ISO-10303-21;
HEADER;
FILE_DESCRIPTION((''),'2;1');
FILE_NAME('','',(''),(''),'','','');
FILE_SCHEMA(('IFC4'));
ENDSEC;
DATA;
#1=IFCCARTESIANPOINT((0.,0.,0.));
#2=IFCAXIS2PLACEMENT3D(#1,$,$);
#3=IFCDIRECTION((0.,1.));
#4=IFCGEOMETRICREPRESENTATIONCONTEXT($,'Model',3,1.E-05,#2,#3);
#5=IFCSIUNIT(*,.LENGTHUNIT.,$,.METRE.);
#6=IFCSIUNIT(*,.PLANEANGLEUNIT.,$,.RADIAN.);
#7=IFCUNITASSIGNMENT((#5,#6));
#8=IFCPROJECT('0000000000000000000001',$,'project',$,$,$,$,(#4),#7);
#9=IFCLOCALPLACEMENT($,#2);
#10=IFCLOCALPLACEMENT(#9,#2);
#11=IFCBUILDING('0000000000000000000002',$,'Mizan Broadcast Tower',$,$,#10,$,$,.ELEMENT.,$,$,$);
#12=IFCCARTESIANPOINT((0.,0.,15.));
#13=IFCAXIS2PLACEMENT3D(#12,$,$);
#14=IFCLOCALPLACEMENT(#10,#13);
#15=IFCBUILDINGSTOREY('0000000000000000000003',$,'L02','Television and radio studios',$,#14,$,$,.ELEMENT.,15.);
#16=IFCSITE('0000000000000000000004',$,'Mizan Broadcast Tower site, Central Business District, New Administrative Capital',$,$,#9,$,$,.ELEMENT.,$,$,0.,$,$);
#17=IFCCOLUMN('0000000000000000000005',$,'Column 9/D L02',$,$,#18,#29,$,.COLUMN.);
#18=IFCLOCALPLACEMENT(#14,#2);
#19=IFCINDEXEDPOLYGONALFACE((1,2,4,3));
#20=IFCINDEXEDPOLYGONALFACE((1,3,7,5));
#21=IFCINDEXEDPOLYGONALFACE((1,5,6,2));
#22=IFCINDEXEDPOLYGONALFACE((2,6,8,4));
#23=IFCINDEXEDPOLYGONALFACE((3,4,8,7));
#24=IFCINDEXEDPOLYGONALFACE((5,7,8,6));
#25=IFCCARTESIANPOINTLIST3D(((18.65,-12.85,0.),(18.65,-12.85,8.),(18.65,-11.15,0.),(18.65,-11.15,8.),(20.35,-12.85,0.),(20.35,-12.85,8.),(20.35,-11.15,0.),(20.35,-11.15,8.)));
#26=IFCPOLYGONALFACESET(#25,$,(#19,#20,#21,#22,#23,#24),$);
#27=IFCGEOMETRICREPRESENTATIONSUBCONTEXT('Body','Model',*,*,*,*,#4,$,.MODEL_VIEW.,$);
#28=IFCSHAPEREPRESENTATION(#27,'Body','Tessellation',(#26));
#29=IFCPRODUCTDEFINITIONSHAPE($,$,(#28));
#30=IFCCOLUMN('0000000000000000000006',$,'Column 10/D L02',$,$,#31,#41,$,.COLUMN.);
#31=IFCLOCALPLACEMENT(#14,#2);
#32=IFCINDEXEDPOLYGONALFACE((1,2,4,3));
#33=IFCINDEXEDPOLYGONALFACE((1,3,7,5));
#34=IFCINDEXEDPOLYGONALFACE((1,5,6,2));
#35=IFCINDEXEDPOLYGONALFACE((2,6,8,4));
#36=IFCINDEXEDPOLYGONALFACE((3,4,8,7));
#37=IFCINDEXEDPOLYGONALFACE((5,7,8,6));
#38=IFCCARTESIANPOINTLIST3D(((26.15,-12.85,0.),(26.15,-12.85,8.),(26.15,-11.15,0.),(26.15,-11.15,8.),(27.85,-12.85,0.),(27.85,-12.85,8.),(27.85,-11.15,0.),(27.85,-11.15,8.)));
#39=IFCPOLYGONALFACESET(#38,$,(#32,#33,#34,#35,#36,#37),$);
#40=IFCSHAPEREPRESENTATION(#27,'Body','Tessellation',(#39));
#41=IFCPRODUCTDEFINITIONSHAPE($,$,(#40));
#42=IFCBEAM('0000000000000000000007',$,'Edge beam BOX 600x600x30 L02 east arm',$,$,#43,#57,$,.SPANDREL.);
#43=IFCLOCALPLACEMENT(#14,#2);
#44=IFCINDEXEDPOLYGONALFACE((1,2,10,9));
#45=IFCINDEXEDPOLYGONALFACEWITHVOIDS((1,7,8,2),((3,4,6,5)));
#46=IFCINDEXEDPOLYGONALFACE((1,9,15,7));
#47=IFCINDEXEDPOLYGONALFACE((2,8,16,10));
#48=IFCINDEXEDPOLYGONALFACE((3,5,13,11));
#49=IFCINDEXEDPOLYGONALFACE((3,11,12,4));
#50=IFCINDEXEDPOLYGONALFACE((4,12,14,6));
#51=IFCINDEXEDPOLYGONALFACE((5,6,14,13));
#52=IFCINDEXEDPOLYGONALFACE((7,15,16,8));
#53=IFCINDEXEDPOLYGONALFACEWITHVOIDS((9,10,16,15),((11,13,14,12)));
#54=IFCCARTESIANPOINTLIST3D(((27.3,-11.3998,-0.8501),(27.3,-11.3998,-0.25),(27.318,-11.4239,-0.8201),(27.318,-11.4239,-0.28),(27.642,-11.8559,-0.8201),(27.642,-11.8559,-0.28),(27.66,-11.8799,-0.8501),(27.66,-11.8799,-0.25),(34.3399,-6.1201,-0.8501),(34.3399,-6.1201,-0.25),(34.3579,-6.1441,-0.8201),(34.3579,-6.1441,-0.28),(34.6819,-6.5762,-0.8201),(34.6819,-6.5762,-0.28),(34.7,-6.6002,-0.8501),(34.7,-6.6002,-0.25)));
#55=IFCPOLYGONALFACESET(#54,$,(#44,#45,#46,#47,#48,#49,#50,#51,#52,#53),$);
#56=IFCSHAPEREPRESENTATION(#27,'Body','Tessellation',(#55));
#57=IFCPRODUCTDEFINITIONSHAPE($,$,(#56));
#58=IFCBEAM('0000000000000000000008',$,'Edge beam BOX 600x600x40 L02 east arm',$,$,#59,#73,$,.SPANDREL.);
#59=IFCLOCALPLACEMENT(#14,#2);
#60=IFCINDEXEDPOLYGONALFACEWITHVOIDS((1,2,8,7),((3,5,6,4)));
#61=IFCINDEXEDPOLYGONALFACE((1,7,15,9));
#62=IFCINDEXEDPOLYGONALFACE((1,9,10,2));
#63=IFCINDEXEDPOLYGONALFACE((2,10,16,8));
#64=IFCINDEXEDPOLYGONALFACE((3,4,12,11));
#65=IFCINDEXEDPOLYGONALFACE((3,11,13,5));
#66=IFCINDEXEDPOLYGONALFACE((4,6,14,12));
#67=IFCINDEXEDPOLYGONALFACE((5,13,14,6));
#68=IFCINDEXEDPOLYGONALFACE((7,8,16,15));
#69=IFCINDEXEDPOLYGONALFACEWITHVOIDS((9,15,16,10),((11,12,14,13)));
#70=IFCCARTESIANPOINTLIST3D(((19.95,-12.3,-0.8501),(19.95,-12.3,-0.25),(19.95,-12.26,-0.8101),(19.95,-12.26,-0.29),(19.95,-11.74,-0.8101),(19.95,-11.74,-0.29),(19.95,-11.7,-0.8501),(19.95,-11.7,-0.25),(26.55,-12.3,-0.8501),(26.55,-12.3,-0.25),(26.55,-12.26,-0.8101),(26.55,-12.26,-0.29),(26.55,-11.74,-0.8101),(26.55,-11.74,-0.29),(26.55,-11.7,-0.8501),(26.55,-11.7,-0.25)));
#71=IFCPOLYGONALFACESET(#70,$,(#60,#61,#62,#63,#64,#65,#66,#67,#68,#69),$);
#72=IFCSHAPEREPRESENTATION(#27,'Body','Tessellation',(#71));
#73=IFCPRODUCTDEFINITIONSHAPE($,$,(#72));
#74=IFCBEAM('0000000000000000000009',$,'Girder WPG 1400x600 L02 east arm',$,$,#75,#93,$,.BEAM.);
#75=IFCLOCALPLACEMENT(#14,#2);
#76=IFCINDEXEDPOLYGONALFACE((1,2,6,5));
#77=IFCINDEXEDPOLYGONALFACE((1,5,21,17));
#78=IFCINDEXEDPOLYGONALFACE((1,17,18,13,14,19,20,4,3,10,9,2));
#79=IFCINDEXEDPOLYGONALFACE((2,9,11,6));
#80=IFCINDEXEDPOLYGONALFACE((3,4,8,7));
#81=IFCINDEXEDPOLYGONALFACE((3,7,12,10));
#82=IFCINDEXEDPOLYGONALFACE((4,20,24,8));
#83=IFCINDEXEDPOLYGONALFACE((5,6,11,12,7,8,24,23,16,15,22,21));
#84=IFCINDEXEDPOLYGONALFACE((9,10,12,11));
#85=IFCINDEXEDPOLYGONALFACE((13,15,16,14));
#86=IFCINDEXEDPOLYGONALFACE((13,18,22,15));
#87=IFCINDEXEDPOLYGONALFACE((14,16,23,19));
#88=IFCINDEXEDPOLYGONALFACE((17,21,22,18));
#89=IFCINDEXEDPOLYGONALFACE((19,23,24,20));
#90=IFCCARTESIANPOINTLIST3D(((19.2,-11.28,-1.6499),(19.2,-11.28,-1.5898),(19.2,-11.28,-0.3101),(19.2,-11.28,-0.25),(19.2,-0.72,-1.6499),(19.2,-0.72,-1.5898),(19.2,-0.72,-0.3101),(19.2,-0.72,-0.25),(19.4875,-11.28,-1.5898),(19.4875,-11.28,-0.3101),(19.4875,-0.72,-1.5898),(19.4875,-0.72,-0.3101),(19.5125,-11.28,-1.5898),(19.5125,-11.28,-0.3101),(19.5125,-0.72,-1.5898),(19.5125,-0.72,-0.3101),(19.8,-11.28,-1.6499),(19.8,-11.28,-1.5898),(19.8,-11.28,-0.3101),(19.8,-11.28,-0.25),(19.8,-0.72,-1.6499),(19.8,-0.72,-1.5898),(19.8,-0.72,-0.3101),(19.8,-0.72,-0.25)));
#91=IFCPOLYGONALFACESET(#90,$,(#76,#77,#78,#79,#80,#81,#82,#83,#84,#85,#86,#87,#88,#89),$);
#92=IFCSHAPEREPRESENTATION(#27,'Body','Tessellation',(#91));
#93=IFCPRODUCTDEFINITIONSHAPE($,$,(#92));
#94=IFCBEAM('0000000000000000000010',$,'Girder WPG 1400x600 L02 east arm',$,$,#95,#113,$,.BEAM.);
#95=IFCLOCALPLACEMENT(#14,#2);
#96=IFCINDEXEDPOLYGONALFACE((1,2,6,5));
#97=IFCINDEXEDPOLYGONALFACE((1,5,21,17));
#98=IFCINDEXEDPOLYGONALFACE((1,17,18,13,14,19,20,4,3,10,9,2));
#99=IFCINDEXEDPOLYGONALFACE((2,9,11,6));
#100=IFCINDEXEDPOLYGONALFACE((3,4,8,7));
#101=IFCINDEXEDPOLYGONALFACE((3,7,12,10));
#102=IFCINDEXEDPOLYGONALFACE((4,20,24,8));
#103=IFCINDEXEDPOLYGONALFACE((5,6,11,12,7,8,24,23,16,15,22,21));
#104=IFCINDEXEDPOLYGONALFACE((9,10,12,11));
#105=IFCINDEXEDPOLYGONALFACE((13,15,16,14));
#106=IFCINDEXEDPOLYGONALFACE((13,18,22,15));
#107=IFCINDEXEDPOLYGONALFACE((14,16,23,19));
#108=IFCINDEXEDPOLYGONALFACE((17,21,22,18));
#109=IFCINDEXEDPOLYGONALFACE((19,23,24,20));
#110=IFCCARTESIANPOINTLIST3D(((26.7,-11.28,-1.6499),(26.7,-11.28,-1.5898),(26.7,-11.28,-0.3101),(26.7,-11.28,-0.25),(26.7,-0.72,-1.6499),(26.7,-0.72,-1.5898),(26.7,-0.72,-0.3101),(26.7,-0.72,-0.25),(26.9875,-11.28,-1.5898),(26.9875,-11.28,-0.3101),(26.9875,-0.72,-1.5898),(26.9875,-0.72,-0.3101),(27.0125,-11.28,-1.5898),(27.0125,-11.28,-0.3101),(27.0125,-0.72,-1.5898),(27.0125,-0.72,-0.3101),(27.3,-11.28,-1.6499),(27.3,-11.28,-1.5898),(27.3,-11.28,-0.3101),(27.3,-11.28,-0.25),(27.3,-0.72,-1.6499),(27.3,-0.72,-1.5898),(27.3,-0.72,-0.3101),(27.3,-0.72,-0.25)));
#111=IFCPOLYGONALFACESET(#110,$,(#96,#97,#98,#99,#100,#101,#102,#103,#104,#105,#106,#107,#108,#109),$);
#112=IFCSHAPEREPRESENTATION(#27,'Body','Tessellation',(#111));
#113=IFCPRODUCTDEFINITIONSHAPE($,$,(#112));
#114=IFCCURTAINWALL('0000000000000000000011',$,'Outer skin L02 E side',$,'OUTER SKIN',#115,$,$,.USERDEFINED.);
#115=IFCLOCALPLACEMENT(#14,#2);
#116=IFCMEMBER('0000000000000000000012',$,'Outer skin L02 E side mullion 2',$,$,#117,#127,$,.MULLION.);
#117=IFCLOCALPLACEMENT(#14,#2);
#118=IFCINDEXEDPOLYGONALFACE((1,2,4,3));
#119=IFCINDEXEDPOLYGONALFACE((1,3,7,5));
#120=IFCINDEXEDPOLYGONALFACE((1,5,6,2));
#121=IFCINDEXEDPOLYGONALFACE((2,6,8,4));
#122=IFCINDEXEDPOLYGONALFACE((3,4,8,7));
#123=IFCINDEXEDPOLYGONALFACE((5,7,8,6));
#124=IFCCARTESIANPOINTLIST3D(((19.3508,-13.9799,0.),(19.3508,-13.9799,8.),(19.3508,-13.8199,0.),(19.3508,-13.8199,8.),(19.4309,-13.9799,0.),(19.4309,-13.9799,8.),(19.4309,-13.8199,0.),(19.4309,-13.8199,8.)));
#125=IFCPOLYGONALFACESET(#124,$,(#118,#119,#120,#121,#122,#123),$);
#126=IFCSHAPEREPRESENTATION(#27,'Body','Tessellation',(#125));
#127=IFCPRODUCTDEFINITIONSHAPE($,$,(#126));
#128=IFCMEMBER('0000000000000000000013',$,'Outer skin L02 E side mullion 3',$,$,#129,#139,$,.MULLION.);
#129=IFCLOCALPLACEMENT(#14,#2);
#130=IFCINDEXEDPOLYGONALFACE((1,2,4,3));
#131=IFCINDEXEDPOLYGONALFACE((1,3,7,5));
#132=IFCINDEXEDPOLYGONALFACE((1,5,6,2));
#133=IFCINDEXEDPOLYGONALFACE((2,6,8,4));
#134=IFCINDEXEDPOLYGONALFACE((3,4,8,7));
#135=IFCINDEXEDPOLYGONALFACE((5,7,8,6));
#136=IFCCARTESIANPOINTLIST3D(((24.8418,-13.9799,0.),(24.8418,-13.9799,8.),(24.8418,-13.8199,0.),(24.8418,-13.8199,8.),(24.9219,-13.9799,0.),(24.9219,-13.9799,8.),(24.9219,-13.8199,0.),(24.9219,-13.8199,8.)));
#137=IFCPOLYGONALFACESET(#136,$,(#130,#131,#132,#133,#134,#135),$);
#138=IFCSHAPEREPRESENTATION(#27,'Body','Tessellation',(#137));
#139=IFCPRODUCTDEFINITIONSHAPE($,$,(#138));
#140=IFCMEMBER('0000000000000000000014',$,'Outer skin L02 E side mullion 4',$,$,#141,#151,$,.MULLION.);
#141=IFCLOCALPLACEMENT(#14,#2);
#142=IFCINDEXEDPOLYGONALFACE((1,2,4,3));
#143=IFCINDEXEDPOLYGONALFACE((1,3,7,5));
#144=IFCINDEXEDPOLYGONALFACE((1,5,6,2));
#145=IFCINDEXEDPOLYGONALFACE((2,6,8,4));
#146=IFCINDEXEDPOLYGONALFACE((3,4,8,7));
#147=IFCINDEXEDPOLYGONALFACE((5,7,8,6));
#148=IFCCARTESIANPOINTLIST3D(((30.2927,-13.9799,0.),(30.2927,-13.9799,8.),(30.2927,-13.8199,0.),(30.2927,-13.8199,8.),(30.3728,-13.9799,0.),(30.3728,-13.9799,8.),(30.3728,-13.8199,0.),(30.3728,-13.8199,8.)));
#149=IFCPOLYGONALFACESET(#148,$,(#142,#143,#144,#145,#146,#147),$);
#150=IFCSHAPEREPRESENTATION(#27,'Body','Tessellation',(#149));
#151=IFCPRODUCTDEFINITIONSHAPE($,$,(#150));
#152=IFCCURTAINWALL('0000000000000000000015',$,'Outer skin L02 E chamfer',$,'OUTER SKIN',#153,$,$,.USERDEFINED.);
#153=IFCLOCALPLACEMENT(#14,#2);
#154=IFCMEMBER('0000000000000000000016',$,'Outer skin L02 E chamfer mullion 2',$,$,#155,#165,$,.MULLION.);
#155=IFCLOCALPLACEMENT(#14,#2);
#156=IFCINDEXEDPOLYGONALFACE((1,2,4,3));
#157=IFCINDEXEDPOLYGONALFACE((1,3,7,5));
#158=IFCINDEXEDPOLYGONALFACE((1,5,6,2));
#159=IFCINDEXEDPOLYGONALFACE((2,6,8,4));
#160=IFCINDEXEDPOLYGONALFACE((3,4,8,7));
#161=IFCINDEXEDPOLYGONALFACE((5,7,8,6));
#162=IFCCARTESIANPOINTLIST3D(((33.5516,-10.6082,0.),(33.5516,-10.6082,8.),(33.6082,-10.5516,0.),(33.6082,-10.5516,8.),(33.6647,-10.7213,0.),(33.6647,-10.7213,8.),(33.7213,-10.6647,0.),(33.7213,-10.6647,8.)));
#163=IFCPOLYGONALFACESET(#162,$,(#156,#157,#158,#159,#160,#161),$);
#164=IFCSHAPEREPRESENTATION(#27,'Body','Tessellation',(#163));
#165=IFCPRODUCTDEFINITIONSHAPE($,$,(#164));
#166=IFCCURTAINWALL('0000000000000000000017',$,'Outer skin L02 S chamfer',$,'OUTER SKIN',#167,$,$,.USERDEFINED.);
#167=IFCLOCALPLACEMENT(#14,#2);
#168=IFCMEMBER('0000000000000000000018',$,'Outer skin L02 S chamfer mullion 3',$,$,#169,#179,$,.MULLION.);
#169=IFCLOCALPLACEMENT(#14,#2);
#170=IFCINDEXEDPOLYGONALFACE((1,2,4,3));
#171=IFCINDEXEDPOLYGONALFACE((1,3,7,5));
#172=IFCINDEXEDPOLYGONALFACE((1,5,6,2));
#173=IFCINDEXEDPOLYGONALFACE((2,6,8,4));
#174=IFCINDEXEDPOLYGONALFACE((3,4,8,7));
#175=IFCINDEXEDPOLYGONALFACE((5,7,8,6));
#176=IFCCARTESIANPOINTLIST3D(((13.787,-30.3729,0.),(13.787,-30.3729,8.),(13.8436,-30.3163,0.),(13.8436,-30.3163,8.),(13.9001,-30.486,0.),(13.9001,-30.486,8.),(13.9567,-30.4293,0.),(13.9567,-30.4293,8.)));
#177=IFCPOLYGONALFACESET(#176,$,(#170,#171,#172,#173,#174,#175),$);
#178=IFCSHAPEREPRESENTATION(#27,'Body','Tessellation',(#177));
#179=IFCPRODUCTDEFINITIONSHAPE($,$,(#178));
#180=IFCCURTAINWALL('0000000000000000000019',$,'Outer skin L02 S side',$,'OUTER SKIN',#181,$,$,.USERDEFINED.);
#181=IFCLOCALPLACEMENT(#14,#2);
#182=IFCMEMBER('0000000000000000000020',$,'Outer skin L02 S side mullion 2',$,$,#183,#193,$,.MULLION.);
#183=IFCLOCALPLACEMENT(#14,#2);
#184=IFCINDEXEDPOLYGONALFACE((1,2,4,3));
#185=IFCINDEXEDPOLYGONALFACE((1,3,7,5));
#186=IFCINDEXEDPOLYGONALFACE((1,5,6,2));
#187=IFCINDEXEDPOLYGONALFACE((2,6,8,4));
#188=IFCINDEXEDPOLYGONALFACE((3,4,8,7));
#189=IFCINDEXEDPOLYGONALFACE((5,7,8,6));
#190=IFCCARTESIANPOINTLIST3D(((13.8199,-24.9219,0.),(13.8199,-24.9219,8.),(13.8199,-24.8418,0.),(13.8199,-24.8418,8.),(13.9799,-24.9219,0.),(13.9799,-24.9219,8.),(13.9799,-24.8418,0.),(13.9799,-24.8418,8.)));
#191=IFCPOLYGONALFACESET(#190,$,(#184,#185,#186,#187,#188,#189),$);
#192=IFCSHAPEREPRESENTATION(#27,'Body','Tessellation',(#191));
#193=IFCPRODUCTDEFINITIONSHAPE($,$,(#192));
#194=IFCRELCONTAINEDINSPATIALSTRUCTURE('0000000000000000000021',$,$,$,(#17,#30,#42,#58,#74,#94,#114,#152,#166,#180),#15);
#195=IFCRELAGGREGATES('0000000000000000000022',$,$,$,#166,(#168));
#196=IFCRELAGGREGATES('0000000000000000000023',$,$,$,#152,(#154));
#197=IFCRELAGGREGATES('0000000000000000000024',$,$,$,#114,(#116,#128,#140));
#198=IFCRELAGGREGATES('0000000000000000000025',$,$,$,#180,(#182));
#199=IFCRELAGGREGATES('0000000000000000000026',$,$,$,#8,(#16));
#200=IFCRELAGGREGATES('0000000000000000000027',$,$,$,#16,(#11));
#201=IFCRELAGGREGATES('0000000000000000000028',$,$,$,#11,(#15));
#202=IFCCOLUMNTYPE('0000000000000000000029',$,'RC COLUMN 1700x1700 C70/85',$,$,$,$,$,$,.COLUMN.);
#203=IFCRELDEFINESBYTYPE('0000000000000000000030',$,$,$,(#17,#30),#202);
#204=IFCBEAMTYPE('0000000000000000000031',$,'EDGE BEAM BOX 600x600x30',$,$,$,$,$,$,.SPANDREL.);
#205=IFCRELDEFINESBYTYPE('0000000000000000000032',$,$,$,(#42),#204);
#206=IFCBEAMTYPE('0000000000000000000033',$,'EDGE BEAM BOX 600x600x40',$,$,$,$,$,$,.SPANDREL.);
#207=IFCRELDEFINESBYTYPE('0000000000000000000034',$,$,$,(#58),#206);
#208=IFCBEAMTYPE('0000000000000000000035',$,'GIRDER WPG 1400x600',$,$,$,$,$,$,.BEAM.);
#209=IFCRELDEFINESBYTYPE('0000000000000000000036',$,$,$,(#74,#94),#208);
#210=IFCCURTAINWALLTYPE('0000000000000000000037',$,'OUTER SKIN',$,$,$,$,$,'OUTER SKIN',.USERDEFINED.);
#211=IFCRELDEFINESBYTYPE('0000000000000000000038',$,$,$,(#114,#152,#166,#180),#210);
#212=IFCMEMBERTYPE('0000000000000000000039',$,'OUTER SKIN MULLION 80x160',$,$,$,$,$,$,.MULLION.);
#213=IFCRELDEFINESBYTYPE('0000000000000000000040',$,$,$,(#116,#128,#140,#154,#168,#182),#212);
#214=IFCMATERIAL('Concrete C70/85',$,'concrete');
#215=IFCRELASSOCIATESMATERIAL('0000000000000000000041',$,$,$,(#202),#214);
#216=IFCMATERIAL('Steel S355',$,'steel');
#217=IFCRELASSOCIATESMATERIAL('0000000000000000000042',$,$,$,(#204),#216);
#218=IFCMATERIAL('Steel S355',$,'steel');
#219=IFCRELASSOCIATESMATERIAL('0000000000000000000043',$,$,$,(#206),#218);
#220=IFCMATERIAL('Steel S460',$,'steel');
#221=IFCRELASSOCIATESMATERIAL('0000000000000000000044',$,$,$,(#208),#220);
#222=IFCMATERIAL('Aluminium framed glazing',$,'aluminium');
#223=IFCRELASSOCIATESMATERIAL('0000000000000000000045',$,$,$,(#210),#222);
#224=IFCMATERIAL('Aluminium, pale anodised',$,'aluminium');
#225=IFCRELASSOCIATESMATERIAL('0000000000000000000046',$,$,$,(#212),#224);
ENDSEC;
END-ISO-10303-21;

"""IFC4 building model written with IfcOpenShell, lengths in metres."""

from ifc_helpers import new_model, si_unit, direction, frame, origin, origin_2d, place, context, subcontext, project, spatial, rectangle, hollow_rectangle, i_section, extrude, material, material_profile, profile_set, type_object, element, aggregate, save


model = new_model("IFC4")

# Units and contexts
model_context = context("Model", 3, precision=1e-05, world=origin(), true_north=direction((0.0, 1.0)))
body_context = subcontext(model_context, "Body", "Model", "MODEL_VIEW")
ifc_project = project(units=[si_unit("LENGTHUNIT", "METRE"), si_unit("PLANEANGLEUNIT", "RADIAN")], contexts=[model_context])

# Site, building, storey
site_placement = place(None, origin())
site = spatial("IfcSite", under=ifc_project, at=site_placement, Name="Mizan Broadcast Tower site, Central Business District, New Administrative Capital", CompositionType="ELEMENT", RefElevation=0.0)
building_placement = place(site_placement, origin())
building = spatial("IfcBuilding", under=site, at=building_placement, Name="Mizan Broadcast Tower", CompositionType="ELEMENT")
storey_placement = place(building_placement, frame((0.0, 0.0, 15.0)))
storey = spatial("IfcBuildingStorey", under=building, at=storey_placement, Name="L02", Description="Television and radio studios", CompositionType="ELEMENT", Elevation=15.0)

# Columns
ifc_material_1 = material(Name="Concrete C70/85", Category="concrete")
ifc_material_profile_1 = material_profile(ifc_material_1, rectangle(XDim=1.7, YDim=1.7, at=origin_2d()), Name="RC 1700x1700")
ifc_profile_set_1 = profile_set([ifc_material_profile_1], Name="Concrete C70/85")
column_type = type_object("IfcColumnType", Name="RC COLUMN 1700x1700 C70/85", PredefinedType="COLUMN", material=ifc_profile_set_1)
for number, where, z_axis, x_axis, name in (
    (1, (19.5, -12.0, 0.0), (0.0, 0.0, 1.0), (1.0, 0.0, 0.0), "Column 9/D L02"),
    (2, (27.0, -12.0, 0.0), (0.0, 0.0, 1.0), (1.0, 0.0, 0.0), "Column 10/D L02"),
):
    element("IfcColumn", number, at=place(storey_placement, frame(where, z_axis=z_axis, x_axis=x_axis)), inside=storey, type_object=column_type, Name=name, PredefinedType="COLUMN", context=body_context, shape_type="SweptSolid", body=[
        extrude(rectangle(XDim=1.7, YDim=1.7, at=origin_2d()), origin(), (0.0, 0.0, 1.0), 8.0),
    ])

# Beams
ifc_material_2 = material(Name="Steel S355", Category="steel")
ifc_material_profile_2 = material_profile(ifc_material_2, hollow_rectangle(XDim=0.6001, YDim=0.6001, WallThickness=0.03, at=origin_2d()), Name="BOX 600x600x30")
ifc_profile_set_2 = profile_set([ifc_material_profile_2], Name="Steel S355")
beam_type_1 = type_object("IfcBeamType", Name="EDGE BEAM BOX 600x600x30", PredefinedType="SPANDREL", material=ifc_profile_set_2)
beam_1_placement = place(storey_placement, frame((27.48, -11.6399, -0.55), z_axis=(0.800013, 0.599982, 0.0), x_axis=(-0.599982, 0.800013, 0.0)))
element("IfcBeam", 3, at=beam_1_placement, inside=storey, type_object=beam_type_1, Name="Edge beam BOX 600x600x30 L02 east arm", PredefinedType="SPANDREL", context=body_context, shape_type="SweptSolid", body=[
    extrude(hollow_rectangle(XDim=0.6001, YDim=0.6001, WallThickness=0.03, at=origin_2d()), origin(), (0.0, 0.0, 1.0), 8.7998),
])
ifc_material_3 = material(Name="Steel S355", Category="steel")
ifc_material_profile_3 = material_profile(ifc_material_3, hollow_rectangle(XDim=0.6001, YDim=0.6001, WallThickness=0.04, at=origin_2d()), Name="BOX 600x600x40")
ifc_profile_set_3 = profile_set([ifc_material_profile_3], Name="Steel S355")
beam_type_2 = type_object("IfcBeamType", Name="EDGE BEAM BOX 600x600x40", PredefinedType="SPANDREL", material=ifc_profile_set_3)
beam_2_placement = place(storey_placement, frame((19.95, -12.0, -0.55), z_axis=(1.0, 0.0, 0.0), x_axis=(0.0, 1.0, 0.0)))
element("IfcBeam", 4, at=beam_2_placement, inside=storey, type_object=beam_type_2, Name="Edge beam BOX 600x600x40 L02 east arm", PredefinedType="SPANDREL", context=body_context, shape_type="SweptSolid", body=[
    extrude(hollow_rectangle(XDim=0.6001, YDim=0.6001, WallThickness=0.04, at=origin_2d()), origin(), (0.0, 0.0, 1.0), 6.6001),
])
ifc_material_4 = material(Name="Steel S460", Category="steel")
ifc_material_profile_4 = material_profile(ifc_material_4, i_section(OverallWidth=0.6001, OverallDepth=1.3999, WebThickness=0.0249, FlangeThickness=0.0601, at=origin_2d()), Name="WPG 1400x600")
ifc_profile_set_4 = profile_set([ifc_material_profile_4], Name="Steel S460")
beam_type_3 = type_object("IfcBeamType", Name="GIRDER WPG 1400x600", PredefinedType="BEAM", material=ifc_profile_set_4)
for number, where, z_axis, x_axis, name in (
    (5, (19.5, -11.28, -0.95), (0.0, 1.0, 0.0), (-1.0, 0.0, 0.0), "Girder WPG 1400x600 L02 east arm"),
    (6, (27.0, -11.28, -0.95), (0.0, 1.0, 0.0), (-1.0, 0.0, 0.0), "Girder WPG 1400x600 L02 east arm"),
):
    element("IfcBeam", number, at=place(storey_placement, frame(where, z_axis=z_axis, x_axis=x_axis)), inside=storey, type_object=beam_type_3, Name=name, PredefinedType="BEAM", context=body_context, shape_type="SweptSolid", body=[
        extrude(i_section(OverallWidth=0.6001, OverallDepth=1.3999, WebThickness=0.0249, FlangeThickness=0.0601, at=origin_2d()), origin(), (0.0, 0.0, 1.0), 10.5601),
    ])

# Curtain wall, members
ifc_material_5 = material(Name="Aluminium framed glazing", Category="aluminium")
curtain_wall_type = type_object("IfcCurtainWallType", Name="OUTER SKIN", ElementType="OUTER SKIN", PredefinedType="USERDEFINED", material=ifc_material_5)
curtain_wall_1_placement = place(storey_placement, origin())
curtain_wall_1 = element("IfcCurtainWall", 7, at=curtain_wall_1_placement, inside=storey, type_object=curtain_wall_type, Name="Outer skin L02 E side", ObjectType="OUTER SKIN", PredefinedType="USERDEFINED")
ifc_material_6 = material(Name="Aluminium, pale anodised", Category="aluminium")
ifc_material_profile_5 = material_profile(ifc_material_6, rectangle(XDim=0.1599, YDim=0.0801, at=origin_2d()), Name="MULLION 160x80")
ifc_profile_set_5 = profile_set([ifc_material_profile_5], Name="Aluminium, pale anodised")
member_type_1 = type_object("IfcMemberType", Name="OUTER SKIN MULLION 80x160", PredefinedType="MULLION", material=ifc_profile_set_5)
member_1_placement = place(storey_placement, frame((19.3909, -13.8999, 0.0), z_axis=(0.0, 0.0, 1.0), x_axis=(0.0, 1.0, 0.0)))
member_1 = element("IfcMember", 8, at=member_1_placement, type_object=member_type_1, Name="Outer skin L02 E side mullion 2", PredefinedType="MULLION", context=body_context, shape_type="SweptSolid", body=[
    extrude(rectangle(XDim=0.1599, YDim=0.0801, at=origin_2d()), origin(), (0.0, 0.0, 1.0), 8.0),
])
member_2_placement = place(storey_placement, frame((24.8818, -13.8999, 0.0), z_axis=(0.0, 0.0, 1.0), x_axis=(0.0, 1.0, 0.0)))
member_2 = element("IfcMember", 9, at=member_2_placement, type_object=member_type_1, Name="Outer skin L02 E side mullion 3", PredefinedType="MULLION", context=body_context, shape_type="SweptSolid", body=[
    extrude(rectangle(XDim=0.1599, YDim=0.0801, at=origin_2d()), origin(), (0.0, 0.0, 1.0), 8.0),
])
member_3_placement = place(storey_placement, frame((30.3328, -13.8999, 0.0), z_axis=(0.0, 0.0, 1.0), x_axis=(0.0, 1.0, 0.0)))
member_3 = element("IfcMember", 10, at=member_3_placement, type_object=member_type_1, Name="Outer skin L02 E side mullion 4", PredefinedType="MULLION", context=body_context, shape_type="SweptSolid", body=[
    extrude(rectangle(XDim=0.1599, YDim=0.0801, at=origin_2d()), origin(), (0.0, 0.0, 1.0), 8.0),
])

# Curtain walls, members
curtain_wall_2_placement = place(storey_placement, origin())
curtain_wall_2 = element("IfcCurtainWall", 11, at=curtain_wall_2_placement, inside=storey, type_object=curtain_wall_type, Name="Outer skin L02 E chamfer", ObjectType="OUTER SKIN", PredefinedType="USERDEFINED")
member_4_placement = place(storey_placement, frame((33.6365, -10.6365, 0.0), z_axis=(0.0, 0.0, 1.0), x_axis=(-0.707107, 0.707107, 0.0)))
member_4 = element("IfcMember", 12, at=member_4_placement, type_object=member_type_1, Name="Outer skin L02 E chamfer mullion 2", PredefinedType="MULLION", context=body_context, shape_type="SweptSolid", body=[
    extrude(rectangle(XDim=0.1599, YDim=0.0801, at=origin_2d()), origin(), (0.0, 0.0, 1.0), 8.0),
])
curtain_wall_3_placement = place(storey_placement, origin())
curtain_wall_3 = element("IfcCurtainWall", 13, at=curtain_wall_3_placement, inside=storey, type_object=curtain_wall_type, Name="Outer skin L02 S chamfer", ObjectType="OUTER SKIN", PredefinedType="USERDEFINED")
member_5_placement = place(storey_placement, frame((13.8718, -30.4011, 0.0), z_axis=(0.0, 0.0, 1.0), x_axis=(-0.707107, 0.707107, 0.0)))
member_5 = element("IfcMember", 14, at=member_5_placement, type_object=member_type_1, Name="Outer skin L02 S chamfer mullion 3", PredefinedType="MULLION", context=body_context, shape_type="SweptSolid", body=[
    extrude(rectangle(XDim=0.1599, YDim=0.0801, at=origin_2d()), origin(), (0.0, 0.0, 1.0), 8.0),
])
aggregate(curtain_wall_3, [member_5])

# Curtain wall, member
curtain_wall_4_placement = place(storey_placement, origin())
curtain_wall_4 = element("IfcCurtainWall", 15, at=curtain_wall_4_placement, inside=storey, type_object=curtain_wall_type, Name="Outer skin L02 S side", ObjectType="OUTER SKIN", PredefinedType="USERDEFINED")
member_6_placement = place(storey_placement, frame((13.8999, -24.8818, 0.0), z_axis=(0.0, 0.0, 1.0), x_axis=(-1.0, 0.0, 0.0)))
member_6 = element("IfcMember", 16, at=member_6_placement, type_object=member_type_1, Name="Outer skin L02 S side mullion 2", PredefinedType="MULLION", context=body_context, shape_type="SweptSolid", body=[
    extrude(rectangle(XDim=0.1599, YDim=0.0801, at=origin_2d()), origin(), (0.0, 0.0, 1.0), 8.0),
])

aggregate(curtain_wall_2, [member_4])
aggregate(curtain_wall_1, [member_1, member_2, member_3])
aggregate(curtain_wall_4, [member_6])

save(model, "model.ifc")
